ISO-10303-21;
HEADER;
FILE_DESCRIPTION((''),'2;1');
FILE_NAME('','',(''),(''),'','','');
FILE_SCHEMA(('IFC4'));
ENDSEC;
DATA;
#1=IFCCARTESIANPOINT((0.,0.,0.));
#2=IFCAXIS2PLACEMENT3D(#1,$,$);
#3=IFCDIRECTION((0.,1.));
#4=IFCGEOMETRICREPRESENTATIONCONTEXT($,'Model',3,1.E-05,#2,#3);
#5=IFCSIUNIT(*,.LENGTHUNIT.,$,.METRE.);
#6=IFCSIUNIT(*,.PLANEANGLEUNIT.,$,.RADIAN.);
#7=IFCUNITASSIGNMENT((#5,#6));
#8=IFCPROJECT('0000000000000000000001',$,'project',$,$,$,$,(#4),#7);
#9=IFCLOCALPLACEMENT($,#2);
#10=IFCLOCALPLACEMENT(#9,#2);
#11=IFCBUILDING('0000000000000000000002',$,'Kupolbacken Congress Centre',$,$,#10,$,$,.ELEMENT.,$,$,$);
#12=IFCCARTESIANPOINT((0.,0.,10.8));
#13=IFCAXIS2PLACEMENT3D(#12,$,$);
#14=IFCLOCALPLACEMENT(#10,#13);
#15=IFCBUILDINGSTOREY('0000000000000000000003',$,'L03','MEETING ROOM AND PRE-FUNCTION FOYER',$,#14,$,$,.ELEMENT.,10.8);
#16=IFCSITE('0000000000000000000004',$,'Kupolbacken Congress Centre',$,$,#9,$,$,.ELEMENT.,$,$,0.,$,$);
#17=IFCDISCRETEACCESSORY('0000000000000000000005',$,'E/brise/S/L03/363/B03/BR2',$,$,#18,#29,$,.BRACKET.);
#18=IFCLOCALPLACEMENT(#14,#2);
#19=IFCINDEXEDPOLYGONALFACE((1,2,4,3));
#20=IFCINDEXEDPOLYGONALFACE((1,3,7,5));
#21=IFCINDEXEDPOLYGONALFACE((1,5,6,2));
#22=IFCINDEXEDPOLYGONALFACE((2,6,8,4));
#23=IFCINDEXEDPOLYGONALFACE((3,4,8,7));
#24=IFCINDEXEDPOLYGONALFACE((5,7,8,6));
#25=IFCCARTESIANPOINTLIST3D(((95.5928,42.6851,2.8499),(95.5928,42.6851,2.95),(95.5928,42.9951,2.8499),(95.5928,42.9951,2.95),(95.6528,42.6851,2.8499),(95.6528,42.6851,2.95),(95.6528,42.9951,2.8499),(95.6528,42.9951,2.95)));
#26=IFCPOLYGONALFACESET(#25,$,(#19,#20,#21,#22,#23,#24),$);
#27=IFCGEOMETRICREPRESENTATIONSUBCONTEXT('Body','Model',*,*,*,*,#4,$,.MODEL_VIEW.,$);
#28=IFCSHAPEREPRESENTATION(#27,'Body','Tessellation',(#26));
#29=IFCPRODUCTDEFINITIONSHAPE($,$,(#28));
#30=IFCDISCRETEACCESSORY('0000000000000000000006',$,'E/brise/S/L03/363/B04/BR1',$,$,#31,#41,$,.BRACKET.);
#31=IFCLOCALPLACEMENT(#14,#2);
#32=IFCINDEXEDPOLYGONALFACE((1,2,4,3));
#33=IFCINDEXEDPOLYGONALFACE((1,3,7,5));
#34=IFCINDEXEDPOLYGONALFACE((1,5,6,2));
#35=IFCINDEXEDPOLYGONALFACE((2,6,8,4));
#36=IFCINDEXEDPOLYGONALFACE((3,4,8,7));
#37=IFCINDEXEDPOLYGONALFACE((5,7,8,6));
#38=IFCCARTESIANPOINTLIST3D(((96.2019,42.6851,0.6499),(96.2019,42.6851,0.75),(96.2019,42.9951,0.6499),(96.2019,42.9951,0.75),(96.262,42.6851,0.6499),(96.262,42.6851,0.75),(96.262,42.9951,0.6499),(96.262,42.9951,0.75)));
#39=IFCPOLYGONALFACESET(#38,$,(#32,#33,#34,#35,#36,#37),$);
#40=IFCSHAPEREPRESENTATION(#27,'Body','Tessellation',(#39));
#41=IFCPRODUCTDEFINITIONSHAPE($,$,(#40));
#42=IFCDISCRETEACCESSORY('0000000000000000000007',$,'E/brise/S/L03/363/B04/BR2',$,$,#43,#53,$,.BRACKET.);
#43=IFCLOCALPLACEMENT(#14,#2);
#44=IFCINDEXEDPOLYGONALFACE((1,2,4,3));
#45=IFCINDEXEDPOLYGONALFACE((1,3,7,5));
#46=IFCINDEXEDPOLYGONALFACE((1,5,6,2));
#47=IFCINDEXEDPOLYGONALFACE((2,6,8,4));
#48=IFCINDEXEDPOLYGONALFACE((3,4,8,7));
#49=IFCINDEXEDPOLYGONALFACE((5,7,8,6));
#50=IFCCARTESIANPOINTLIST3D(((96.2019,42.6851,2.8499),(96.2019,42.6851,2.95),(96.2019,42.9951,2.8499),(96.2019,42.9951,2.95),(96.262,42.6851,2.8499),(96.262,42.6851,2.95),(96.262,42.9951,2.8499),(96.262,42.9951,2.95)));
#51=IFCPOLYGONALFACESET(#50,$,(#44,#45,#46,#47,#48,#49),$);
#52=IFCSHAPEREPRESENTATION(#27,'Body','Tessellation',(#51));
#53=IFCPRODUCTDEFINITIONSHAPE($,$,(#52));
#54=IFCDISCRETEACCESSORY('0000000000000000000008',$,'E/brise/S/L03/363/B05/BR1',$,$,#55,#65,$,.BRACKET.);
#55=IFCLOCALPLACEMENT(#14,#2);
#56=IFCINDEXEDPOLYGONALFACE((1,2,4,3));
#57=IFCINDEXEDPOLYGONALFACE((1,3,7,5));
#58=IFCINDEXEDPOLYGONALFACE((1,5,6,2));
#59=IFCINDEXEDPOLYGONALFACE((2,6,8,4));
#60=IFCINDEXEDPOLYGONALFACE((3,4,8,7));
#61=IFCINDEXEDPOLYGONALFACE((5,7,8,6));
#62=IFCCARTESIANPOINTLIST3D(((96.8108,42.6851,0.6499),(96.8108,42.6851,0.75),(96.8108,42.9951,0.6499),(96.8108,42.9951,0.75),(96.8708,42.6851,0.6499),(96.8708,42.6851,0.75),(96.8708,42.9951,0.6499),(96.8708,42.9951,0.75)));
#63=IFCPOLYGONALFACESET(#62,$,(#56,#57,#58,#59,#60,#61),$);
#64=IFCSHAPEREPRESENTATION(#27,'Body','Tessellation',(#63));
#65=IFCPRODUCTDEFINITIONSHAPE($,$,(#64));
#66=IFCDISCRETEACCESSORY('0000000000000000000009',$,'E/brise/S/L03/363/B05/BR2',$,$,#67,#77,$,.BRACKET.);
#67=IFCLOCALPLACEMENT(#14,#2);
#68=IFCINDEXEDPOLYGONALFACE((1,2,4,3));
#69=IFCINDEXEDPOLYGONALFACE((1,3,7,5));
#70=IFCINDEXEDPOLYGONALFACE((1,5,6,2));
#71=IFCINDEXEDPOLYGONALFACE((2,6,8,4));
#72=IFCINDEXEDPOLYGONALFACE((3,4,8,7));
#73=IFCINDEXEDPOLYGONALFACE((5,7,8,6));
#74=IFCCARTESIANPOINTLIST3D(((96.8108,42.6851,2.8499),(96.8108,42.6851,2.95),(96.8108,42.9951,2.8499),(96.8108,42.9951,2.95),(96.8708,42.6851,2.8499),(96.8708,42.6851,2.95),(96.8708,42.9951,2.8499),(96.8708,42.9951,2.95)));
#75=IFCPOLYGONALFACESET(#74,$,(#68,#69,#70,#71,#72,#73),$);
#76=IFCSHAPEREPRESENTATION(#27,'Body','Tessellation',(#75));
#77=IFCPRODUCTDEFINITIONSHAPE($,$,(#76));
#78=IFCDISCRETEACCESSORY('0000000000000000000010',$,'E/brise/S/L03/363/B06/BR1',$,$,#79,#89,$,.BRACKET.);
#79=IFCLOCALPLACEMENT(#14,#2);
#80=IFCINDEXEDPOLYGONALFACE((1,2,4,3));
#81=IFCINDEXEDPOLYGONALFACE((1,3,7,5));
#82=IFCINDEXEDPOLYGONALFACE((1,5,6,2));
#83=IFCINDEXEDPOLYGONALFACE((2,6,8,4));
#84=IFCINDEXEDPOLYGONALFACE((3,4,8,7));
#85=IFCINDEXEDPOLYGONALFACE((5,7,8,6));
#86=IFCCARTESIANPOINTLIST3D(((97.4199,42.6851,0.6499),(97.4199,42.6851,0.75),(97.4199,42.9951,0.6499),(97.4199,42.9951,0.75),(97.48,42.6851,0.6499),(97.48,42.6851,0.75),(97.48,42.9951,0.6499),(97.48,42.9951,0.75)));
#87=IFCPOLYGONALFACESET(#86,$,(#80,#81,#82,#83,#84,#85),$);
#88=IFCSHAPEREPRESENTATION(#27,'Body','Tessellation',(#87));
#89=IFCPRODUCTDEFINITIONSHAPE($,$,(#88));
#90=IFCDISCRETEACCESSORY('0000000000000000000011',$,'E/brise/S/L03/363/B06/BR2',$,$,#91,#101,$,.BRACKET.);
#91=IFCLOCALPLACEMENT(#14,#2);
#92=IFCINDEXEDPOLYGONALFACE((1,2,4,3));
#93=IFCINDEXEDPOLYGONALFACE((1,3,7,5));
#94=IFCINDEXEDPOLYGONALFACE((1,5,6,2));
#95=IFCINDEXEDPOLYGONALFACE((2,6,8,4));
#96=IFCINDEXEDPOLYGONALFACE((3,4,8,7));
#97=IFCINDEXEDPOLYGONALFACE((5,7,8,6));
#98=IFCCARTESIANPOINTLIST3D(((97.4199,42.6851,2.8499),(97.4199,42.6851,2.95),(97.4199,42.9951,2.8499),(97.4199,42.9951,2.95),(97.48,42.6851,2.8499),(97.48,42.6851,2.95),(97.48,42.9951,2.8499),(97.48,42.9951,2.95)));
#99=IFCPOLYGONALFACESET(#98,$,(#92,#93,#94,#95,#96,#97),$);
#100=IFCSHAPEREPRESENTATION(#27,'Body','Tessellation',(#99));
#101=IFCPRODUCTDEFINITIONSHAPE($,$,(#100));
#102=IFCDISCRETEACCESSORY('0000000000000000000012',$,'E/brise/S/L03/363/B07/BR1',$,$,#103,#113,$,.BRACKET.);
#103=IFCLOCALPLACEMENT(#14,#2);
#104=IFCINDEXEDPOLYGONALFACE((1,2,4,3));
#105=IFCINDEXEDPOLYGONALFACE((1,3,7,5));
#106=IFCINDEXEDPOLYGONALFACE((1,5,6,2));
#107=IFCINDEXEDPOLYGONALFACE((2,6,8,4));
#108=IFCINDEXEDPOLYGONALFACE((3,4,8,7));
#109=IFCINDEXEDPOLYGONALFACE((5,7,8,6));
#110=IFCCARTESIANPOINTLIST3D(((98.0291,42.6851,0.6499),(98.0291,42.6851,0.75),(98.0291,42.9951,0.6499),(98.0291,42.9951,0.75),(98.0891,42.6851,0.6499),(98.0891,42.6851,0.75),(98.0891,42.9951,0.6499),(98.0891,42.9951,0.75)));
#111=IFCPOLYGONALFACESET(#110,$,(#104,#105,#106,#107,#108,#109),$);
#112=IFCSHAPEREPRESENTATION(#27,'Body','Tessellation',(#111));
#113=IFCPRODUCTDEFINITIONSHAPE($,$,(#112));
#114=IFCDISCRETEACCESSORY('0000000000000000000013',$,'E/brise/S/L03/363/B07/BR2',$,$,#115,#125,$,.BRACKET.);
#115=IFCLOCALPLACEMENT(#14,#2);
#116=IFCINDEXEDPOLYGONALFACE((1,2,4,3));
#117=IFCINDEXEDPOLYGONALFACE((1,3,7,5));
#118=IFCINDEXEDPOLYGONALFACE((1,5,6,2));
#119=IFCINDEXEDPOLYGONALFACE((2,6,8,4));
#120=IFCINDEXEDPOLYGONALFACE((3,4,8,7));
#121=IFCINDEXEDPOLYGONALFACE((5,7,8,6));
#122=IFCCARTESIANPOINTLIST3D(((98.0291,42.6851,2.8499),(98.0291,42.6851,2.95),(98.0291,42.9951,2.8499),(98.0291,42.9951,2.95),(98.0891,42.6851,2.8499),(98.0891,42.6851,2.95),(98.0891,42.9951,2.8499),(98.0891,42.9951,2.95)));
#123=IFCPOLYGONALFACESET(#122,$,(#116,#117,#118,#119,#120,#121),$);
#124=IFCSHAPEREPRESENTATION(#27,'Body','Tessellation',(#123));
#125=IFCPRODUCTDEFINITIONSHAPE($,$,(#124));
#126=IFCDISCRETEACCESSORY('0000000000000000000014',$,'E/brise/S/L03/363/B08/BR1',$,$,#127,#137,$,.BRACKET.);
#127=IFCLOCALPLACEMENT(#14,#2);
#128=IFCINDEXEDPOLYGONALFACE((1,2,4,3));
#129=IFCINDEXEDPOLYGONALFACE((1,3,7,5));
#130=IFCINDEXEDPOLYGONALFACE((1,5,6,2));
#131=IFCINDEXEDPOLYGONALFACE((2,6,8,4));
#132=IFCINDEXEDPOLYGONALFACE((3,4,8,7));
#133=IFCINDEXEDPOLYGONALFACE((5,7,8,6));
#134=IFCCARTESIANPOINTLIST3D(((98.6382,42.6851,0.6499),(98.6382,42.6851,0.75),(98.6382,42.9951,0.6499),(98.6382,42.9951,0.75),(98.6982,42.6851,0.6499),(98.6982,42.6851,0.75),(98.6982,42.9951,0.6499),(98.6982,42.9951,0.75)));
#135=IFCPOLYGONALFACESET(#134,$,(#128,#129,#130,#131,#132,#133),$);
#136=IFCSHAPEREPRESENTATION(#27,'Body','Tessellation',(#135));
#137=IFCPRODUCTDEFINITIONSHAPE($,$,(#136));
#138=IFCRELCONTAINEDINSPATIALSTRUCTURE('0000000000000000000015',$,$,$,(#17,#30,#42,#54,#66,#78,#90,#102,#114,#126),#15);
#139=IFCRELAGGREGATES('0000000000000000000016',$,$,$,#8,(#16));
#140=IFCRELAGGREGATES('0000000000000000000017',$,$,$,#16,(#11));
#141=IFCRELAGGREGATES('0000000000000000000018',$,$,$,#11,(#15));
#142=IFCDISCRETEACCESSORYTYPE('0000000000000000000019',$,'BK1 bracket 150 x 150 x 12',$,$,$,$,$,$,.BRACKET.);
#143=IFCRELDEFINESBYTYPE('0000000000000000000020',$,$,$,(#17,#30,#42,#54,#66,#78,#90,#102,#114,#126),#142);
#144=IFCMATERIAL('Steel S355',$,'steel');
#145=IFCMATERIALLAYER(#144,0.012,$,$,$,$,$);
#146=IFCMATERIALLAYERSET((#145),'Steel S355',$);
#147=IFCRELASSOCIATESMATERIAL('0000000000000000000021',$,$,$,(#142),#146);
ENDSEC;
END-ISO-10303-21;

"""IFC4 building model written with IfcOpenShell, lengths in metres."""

from ifc_helpers import new_model, si_unit, direction, frame, origin, origin_2d, place, context, subcontext, project, spatial, rectangle, extrude, material, layer, layer_set, type_object, element, save


model = new_model("IFC4")

# Units and contexts
model_context = context("Model", 3, precision=1e-05, world=origin(), true_north=direction((0.0, 1.0)))
body_context = subcontext(model_context, "Body", "Model", "MODEL_VIEW")
ifc_project = project(units=[si_unit("LENGTHUNIT", "METRE"), si_unit("PLANEANGLEUNIT", "RADIAN")], contexts=[model_context])

# Site, building, storey
site_placement = place(None, origin())
site = spatial("IfcSite", under=ifc_project, at=site_placement, Name="Kupolbacken Congress Centre", CompositionType="ELEMENT", RefElevation=0.0)
building_placement = place(site_placement, origin())
building = spatial("IfcBuilding", under=site, at=building_placement, Name="Kupolbacken Congress Centre", CompositionType="ELEMENT")
storey_placement = place(building_placement, frame((0.0, 0.0, 10.8)))
storey = spatial("IfcBuildingStorey", under=building, at=storey_placement, Name="L03", Description="MEETING ROOM AND PRE-FUNCTION FOYER", CompositionType="ELEMENT", Elevation=10.8)

# Discrete accessories
ifc_material_1 = material(Name="Steel S355", Category="steel")
ifc_layer_1 = layer(ifc_material_1, 0.012)
ifc_layer_set_1 = layer_set([ifc_layer_1], Name="Steel S355")
discrete_accessory_type = type_object("IfcDiscreteAccessoryType", Name="BK1 bracket 150 x 150 x 12", PredefinedType="BRACKET", material=ifc_layer_set_1)
for number, where, z_axis, x_axis, name in (
    (1, (95.6228, 42.8401, 2.8499), (0.0, 0.0, 1.0), (1.0, 0.0, 0.0), "E/brise/S/L03/363/B03/BR2"),
    (2, (96.2319, 42.8401, 0.6499), (0.0, 0.0, 1.0), (1.0, 0.0, 0.0), "E/brise/S/L03/363/B04/BR1"),
    (3, (96.2319, 42.8401, 2.8499), (0.0, 0.0, 1.0), (1.0, 0.0, 0.0), "E/brise/S/L03/363/B04/BR2"),
    (4, (96.8408, 42.8401, 0.6499), (0.0, 0.0, 1.0), (1.0, 0.0, 0.0), "E/brise/S/L03/363/B05/BR1"),
    (5, (96.8408, 42.8401, 2.8499), (0.0, 0.0, 1.0), (1.0, 0.0, 0.0), "E/brise/S/L03/363/B05/BR2"),
    (6, (97.45, 42.8401, 0.6499), (0.0, 0.0, 1.0), (1.0, 0.0, 0.0), "E/brise/S/L03/363/B06/BR1"),
    (7, (97.45, 42.8401, 2.8499), (0.0, 0.0, 1.0), (1.0, 0.0, 0.0), "E/brise/S/L03/363/B06/BR2"),
    (8, (98.0591, 42.8401, 0.6499), (0.0, 0.0, 1.0), (1.0, 0.0, 0.0), "E/brise/S/L03/363/B07/BR1"),
    (9, (98.0591, 42.8401, 2.8499), (0.0, 0.0, 1.0), (1.0, 0.0, 0.0), "E/brise/S/L03/363/B07/BR2"),
    (10, (98.6682, 42.8401, 0.6499), (0.0, 0.0, 1.0), (1.0, 0.0, 0.0), "E/brise/S/L03/363/B08/BR1"),
):
    element("IfcDiscreteAccessory", number, at=place(storey_placement, frame(where, z_axis=z_axis, x_axis=x_axis)), inside=storey, type_object=discrete_accessory_type, Name=name, PredefinedType="BRACKET", context=body_context, shape_type="SweptSolid", body=[
        extrude(rectangle(XDim=0.0601, YDim=0.3101, at=origin_2d()), origin(), (0.0, 0.0, 1.0), 0.1001),
    ])

save(model, "model.ifc")
